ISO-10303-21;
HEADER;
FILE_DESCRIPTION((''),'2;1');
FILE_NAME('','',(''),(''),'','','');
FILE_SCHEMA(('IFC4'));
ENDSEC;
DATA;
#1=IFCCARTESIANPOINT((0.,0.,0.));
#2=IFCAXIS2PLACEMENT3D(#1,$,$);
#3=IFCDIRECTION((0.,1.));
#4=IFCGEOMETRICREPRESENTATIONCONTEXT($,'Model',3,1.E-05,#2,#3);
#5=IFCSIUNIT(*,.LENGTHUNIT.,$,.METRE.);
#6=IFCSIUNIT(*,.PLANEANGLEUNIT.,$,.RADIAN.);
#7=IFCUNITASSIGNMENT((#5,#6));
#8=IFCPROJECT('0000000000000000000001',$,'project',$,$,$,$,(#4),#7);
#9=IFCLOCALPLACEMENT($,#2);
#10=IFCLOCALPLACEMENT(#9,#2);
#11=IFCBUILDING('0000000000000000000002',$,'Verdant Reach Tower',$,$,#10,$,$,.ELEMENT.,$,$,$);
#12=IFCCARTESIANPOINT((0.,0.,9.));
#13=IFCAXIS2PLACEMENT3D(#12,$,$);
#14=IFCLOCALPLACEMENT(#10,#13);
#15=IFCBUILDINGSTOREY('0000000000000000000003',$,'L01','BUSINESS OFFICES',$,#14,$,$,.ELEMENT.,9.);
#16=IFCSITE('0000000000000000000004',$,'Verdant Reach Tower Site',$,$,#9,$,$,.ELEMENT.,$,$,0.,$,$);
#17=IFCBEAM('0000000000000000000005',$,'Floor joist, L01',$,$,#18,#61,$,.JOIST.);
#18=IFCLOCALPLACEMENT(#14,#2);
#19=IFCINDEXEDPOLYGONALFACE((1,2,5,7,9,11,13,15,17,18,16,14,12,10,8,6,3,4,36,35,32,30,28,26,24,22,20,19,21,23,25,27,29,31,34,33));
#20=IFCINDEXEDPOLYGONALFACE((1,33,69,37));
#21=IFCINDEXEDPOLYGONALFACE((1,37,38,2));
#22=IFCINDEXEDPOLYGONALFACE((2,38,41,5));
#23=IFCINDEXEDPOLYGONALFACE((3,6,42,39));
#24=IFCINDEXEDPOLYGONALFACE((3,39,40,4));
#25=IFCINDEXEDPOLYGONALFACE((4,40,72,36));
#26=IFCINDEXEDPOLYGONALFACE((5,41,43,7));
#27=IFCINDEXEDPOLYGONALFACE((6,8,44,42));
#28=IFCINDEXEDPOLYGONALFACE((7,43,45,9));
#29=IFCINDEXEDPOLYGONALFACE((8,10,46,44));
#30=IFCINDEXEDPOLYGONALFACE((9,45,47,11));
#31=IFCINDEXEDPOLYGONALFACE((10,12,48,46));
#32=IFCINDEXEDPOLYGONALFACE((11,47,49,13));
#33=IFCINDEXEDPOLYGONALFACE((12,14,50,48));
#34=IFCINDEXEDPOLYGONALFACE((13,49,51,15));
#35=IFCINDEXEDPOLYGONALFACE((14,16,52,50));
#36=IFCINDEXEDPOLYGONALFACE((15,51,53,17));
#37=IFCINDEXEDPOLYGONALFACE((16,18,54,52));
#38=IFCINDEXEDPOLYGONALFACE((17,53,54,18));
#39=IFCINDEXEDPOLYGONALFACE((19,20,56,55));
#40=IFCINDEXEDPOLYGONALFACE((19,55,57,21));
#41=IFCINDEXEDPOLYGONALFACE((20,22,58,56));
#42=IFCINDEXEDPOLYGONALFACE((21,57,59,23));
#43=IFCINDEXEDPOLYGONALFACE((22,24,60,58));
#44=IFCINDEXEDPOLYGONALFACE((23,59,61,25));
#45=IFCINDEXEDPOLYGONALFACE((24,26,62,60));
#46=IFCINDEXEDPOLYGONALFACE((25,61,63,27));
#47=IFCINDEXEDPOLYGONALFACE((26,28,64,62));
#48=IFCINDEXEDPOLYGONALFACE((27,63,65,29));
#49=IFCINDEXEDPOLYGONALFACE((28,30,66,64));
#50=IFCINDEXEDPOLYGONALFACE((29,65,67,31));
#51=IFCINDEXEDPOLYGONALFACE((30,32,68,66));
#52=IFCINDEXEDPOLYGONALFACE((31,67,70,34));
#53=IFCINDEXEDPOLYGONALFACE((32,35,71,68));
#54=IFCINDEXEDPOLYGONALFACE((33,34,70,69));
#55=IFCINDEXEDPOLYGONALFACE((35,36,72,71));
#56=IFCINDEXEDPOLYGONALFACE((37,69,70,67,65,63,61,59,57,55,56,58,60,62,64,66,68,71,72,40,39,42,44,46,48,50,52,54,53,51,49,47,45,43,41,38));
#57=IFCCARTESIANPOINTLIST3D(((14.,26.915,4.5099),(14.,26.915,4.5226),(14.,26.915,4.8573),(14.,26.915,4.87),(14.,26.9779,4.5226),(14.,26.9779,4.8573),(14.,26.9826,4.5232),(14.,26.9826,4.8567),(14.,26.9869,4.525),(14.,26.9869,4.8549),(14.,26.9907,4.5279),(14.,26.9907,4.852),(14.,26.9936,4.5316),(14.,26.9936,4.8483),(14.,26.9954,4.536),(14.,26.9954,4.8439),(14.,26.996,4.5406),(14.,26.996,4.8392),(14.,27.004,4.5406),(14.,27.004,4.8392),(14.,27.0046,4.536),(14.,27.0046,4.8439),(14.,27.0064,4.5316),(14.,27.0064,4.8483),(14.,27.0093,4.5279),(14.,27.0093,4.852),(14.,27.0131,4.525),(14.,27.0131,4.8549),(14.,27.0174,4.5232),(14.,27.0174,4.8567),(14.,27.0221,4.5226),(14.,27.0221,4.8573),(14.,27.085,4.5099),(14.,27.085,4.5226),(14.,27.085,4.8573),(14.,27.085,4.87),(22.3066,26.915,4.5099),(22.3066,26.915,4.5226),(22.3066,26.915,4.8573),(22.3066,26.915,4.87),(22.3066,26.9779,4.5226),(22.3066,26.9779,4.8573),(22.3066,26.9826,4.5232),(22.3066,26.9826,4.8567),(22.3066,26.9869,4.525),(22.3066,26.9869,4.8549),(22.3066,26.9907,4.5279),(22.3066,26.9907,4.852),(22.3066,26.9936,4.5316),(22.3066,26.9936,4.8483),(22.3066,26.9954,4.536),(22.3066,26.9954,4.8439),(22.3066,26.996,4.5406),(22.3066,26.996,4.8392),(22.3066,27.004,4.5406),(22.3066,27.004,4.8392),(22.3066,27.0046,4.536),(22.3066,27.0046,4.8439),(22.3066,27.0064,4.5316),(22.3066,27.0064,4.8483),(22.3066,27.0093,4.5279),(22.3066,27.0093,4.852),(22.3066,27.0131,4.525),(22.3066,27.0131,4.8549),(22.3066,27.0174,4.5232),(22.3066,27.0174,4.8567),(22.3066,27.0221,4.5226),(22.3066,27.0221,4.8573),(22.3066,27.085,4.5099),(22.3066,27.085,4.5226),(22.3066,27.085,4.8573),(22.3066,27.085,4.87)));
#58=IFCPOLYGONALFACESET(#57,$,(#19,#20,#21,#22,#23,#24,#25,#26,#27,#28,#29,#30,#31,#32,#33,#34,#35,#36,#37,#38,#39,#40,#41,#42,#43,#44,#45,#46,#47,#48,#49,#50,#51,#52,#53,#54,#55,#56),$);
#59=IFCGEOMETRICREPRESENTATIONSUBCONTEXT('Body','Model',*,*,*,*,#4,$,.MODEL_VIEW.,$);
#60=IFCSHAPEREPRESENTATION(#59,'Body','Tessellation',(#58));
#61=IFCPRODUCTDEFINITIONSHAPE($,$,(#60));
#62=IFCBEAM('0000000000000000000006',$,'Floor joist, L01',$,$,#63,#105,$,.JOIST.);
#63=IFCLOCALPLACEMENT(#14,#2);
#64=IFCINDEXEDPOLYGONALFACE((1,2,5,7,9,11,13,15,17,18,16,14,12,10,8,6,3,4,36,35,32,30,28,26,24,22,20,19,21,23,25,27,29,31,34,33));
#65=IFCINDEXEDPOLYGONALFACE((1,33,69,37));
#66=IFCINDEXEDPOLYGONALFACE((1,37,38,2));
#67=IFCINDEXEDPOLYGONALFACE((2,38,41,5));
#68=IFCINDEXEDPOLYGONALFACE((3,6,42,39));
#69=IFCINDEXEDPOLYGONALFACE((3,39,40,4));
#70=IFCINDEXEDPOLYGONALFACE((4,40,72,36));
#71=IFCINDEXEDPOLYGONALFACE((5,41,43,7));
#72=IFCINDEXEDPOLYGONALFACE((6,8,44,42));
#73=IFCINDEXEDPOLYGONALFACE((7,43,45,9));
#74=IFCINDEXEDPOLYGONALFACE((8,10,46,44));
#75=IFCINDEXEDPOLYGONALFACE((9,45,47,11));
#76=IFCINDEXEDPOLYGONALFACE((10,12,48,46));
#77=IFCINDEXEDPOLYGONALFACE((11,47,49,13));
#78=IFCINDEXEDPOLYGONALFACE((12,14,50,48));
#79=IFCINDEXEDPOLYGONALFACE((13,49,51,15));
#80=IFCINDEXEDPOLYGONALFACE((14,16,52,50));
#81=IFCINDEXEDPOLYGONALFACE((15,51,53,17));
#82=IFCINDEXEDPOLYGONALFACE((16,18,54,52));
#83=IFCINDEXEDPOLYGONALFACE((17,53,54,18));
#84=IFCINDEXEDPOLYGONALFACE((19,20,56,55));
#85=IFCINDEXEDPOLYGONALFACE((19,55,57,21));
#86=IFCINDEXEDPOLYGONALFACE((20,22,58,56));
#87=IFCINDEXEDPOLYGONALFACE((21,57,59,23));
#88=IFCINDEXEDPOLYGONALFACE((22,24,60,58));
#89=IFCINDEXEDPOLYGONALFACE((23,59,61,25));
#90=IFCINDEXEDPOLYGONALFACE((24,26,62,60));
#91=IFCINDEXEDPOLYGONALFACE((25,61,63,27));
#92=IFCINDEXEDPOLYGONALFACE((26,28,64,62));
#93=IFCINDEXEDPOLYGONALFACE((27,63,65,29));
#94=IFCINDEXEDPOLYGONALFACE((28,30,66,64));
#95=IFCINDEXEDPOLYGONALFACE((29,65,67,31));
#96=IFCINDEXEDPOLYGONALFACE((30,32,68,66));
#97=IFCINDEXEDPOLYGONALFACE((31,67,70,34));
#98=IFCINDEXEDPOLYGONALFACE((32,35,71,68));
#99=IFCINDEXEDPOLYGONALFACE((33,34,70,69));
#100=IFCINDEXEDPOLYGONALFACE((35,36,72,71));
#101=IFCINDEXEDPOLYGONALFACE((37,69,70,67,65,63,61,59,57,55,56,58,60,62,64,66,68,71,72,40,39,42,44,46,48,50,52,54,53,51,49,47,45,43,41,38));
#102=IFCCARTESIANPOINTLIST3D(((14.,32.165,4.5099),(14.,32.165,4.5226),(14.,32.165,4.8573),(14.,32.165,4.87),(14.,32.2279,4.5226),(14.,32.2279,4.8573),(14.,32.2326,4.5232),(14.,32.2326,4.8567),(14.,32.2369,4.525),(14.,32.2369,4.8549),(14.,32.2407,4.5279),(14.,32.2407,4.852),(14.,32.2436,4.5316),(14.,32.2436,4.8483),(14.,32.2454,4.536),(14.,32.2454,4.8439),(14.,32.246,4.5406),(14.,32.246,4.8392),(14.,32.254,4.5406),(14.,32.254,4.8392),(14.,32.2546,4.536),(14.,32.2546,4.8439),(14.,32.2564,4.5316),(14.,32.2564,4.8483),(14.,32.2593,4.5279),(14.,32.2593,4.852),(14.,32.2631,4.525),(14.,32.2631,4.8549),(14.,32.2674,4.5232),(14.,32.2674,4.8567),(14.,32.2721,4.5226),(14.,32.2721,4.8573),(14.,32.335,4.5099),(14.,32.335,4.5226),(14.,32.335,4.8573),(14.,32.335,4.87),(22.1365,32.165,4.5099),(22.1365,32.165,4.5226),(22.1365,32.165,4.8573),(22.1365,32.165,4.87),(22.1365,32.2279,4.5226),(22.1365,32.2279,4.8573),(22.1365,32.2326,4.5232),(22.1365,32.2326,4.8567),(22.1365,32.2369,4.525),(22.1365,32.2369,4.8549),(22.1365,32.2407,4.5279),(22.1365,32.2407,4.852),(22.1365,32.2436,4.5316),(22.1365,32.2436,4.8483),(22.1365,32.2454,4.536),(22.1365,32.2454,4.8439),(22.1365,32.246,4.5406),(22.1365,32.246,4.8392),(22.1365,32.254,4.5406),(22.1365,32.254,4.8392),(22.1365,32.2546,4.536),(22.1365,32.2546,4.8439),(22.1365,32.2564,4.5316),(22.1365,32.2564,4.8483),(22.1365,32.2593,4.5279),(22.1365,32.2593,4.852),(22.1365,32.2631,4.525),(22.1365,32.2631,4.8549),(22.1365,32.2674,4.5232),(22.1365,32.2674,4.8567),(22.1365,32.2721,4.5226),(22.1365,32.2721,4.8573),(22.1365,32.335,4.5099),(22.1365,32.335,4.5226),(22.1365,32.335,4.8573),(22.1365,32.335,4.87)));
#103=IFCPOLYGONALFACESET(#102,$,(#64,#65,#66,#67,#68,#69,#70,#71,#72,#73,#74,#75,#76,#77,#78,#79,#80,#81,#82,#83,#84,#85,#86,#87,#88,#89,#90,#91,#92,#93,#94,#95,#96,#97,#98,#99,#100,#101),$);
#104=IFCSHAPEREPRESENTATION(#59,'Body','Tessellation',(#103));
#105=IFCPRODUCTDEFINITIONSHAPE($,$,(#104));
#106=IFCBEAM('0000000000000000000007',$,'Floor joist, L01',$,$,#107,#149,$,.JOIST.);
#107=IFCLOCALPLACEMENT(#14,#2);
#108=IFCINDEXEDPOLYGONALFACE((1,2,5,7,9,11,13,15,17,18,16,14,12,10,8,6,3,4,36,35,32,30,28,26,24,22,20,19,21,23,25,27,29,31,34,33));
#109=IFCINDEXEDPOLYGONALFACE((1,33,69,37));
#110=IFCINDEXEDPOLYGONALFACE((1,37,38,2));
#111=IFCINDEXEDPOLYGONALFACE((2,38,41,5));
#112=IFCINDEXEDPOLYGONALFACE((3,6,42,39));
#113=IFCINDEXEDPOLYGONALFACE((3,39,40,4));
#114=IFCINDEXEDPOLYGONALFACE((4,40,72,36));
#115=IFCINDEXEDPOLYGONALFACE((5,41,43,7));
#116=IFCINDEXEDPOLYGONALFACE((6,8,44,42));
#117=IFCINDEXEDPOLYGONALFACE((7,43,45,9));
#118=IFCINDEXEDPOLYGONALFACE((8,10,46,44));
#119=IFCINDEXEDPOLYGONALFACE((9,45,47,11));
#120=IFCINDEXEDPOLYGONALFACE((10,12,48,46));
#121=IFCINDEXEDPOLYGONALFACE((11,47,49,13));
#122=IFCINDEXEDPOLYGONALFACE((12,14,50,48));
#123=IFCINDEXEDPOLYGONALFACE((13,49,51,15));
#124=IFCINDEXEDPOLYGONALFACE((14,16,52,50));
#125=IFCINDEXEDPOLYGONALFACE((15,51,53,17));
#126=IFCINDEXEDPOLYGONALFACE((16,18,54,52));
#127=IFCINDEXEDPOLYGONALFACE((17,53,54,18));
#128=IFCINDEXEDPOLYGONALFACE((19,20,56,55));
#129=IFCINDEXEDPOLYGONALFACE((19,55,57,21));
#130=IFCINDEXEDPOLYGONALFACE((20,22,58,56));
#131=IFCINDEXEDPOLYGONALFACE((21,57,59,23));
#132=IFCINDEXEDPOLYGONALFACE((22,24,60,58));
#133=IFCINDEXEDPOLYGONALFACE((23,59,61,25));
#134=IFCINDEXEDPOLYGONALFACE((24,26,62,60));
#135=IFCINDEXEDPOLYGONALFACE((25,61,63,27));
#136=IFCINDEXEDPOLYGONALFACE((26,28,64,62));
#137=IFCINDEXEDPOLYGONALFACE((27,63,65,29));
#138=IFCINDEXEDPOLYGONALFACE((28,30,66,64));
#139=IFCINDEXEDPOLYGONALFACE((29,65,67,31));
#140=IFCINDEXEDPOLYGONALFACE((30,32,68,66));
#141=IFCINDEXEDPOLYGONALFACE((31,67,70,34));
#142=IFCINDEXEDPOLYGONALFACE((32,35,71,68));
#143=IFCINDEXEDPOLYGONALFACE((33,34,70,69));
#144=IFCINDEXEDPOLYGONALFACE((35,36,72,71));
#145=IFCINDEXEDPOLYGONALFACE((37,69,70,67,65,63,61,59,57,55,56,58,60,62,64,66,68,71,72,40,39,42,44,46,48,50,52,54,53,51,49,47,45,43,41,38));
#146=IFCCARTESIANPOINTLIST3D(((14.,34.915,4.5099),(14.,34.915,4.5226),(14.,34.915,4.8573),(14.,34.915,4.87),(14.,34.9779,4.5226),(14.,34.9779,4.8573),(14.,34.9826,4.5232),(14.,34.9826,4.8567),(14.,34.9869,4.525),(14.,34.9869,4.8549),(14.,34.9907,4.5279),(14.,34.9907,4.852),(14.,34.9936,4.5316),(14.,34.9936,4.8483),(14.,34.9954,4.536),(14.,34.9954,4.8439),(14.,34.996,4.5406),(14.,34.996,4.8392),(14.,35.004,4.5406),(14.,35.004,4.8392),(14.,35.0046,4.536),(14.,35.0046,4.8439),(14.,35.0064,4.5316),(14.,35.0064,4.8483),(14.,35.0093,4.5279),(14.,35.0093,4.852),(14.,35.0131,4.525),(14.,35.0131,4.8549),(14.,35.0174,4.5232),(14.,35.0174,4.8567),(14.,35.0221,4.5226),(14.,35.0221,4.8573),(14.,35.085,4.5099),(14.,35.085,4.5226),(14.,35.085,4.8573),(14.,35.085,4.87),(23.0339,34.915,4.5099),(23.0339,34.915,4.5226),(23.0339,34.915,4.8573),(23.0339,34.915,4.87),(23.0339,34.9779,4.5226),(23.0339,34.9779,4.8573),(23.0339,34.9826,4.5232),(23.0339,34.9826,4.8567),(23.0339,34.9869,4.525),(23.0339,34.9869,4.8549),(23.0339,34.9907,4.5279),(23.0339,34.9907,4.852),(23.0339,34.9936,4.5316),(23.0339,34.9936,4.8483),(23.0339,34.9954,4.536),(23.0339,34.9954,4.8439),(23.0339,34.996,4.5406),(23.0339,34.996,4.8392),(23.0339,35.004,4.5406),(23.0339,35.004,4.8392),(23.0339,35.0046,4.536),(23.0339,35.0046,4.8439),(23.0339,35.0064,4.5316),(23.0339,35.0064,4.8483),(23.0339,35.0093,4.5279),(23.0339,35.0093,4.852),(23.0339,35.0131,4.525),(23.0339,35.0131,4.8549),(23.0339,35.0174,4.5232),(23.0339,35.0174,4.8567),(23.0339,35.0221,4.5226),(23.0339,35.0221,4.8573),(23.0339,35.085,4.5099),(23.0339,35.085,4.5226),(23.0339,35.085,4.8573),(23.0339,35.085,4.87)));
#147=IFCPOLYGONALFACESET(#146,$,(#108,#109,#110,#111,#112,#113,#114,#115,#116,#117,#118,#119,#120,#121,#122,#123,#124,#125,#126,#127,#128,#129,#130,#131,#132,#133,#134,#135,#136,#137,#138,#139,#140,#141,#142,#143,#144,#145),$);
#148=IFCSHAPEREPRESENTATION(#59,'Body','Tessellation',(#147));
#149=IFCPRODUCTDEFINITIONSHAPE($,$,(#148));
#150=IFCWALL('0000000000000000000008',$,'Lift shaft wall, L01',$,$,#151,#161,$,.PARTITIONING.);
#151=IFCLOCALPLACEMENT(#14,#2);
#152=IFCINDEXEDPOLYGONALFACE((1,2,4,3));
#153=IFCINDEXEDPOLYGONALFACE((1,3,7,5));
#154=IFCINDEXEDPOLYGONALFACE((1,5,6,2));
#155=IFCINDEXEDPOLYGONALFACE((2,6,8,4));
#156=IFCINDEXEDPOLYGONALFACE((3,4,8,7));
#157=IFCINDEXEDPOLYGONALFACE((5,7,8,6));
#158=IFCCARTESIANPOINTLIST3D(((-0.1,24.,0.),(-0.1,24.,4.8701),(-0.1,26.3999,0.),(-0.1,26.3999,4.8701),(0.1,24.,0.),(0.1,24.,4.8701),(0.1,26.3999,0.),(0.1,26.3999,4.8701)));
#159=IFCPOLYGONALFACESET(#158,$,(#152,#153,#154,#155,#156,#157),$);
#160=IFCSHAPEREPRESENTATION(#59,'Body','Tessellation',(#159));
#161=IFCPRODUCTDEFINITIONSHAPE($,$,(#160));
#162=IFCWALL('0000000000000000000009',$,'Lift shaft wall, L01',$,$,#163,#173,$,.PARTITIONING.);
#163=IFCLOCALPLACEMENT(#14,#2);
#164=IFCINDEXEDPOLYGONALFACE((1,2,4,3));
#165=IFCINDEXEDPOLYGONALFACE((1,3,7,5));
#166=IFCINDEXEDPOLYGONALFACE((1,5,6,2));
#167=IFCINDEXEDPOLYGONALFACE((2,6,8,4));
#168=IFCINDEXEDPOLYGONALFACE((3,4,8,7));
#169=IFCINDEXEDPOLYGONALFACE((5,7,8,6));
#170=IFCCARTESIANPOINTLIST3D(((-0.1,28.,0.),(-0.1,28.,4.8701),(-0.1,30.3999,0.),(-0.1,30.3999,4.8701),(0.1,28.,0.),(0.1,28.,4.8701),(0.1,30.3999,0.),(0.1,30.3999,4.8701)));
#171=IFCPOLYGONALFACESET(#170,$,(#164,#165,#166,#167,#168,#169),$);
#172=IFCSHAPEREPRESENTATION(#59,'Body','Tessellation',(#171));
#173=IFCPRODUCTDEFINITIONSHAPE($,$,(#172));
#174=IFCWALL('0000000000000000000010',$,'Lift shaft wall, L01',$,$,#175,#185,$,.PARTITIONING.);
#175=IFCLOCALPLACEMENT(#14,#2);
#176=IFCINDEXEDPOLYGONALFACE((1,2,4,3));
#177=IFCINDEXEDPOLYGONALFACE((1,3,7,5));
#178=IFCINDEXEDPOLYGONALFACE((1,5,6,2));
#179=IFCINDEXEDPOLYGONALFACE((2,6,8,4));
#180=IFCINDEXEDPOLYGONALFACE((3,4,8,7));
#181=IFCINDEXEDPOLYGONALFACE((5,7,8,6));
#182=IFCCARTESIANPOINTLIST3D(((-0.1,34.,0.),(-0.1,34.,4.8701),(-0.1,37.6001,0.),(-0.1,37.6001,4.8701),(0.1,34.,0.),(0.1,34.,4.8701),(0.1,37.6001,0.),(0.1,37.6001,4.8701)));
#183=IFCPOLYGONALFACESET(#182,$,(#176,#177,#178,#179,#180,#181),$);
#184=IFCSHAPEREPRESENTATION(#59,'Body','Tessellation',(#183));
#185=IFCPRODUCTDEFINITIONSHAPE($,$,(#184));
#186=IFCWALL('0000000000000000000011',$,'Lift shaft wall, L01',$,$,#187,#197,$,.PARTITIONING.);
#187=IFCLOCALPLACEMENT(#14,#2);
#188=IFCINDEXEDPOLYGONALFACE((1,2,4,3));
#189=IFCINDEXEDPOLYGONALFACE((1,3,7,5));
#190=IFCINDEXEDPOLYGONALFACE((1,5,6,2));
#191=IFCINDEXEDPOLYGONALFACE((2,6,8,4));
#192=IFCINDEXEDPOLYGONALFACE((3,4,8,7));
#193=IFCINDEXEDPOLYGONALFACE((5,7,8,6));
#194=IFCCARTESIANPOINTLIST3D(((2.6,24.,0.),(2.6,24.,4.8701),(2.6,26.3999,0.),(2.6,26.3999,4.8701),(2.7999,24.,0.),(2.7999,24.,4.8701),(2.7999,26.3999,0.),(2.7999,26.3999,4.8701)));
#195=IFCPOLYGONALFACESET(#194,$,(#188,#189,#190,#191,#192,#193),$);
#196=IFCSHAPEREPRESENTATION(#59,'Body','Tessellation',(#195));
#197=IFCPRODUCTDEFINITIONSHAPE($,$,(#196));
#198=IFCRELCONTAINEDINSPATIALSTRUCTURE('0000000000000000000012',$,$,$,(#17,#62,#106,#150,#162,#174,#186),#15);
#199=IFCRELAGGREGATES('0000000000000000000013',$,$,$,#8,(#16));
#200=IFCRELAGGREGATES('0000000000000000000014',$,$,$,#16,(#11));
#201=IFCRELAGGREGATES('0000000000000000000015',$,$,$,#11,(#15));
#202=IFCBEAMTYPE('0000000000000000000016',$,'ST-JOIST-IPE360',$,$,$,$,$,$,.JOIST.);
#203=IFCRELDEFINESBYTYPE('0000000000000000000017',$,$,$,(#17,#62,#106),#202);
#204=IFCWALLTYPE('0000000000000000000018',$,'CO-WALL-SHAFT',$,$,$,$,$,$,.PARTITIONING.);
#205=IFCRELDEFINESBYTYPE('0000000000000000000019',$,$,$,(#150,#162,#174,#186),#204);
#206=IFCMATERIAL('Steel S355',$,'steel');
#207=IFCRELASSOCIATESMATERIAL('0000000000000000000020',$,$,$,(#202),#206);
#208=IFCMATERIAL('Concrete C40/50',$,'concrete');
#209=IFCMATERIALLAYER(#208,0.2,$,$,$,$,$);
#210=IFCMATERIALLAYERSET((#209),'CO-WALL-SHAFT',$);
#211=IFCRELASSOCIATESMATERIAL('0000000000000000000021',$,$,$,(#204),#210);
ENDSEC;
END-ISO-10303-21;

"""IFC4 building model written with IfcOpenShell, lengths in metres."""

from ifc_helpers import new_model, si_unit, direction, frame, frame_2d, origin, origin_2d, place, context, subcontext, project, spatial, rectangle, i_section, extrude, material, layer, layer_set, material_profile, profile_set, type_object, element, save


model = new_model("IFC4")

# Units and contexts
model_context = context("Model", 3, precision=1e-05, world=origin(), true_north=direction((0.0, 1.0)))
body_context = subcontext(model_context, "Body", "Model", "MODEL_VIEW")
ifc_project = project(units=[si_unit("LENGTHUNIT", "METRE"), si_unit("PLANEANGLEUNIT", "RADIAN")], contexts=[model_context])

# Site, building, storey
site_placement = place(None, origin())
site = spatial("IfcSite", under=ifc_project, at=site_placement, Name="Verdant Reach Tower Site", CompositionType="ELEMENT", RefElevation=0.0)
building_placement = place(site_placement, origin())
building = spatial("IfcBuilding", under=site, at=building_placement, Name="Verdant Reach Tower", CompositionType="ELEMENT")
storey_placement = place(building_placement, frame((0.0, 0.0, 9.0)))
storey = spatial("IfcBuildingStorey", under=building, at=storey_placement, Name="L01", Description="BUSINESS OFFICES", CompositionType="ELEMENT", Elevation=9.0)

# Beams
ifc_material_1 = material(Name="Steel S355", Category="steel")
ifc_material_profile = material_profile(ifc_material_1, i_section(OverallWidth=0.1699, OverallDepth=0.3601, WebThickness=0.0081, FlangeThickness=0.0127, FilletRadius=0.0181, at=origin_2d()), Name="IPE 360")
ifc_profile_set = profile_set([ifc_material_profile], Name="Steel S355")
beam_type = type_object("IfcBeamType", Name="ST-JOIST-IPE360", PredefinedType="JOIST", material=ifc_profile_set)
beam_1_placement = place(storey_placement, frame((14.0, 27.0, 4.6899), z_axis=(1.0, 0.0, 0.0), x_axis=(0.0, 1.0, 0.0)))
element("IfcBeam", 1, at=beam_1_placement, inside=storey, type_object=beam_type, Name="Floor joist, L01", PredefinedType="JOIST", context=body_context, shape_type="SweptSolid", body=[
    extrude(i_section(OverallWidth=0.1699, OverallDepth=0.3601, WebThickness=0.0081, FlangeThickness=0.0127, FilletRadius=0.0181, at=origin_2d()), origin(), (0.0, 0.0, 1.0), 8.3066),
])
beam_2_placement = place(storey_placement, frame((14.0, 32.25, 4.6899), z_axis=(1.0, 0.0, 0.0), x_axis=(0.0, 1.0, 0.0)))
element("IfcBeam", 2, at=beam_2_placement, inside=storey, type_object=beam_type, Name="Floor joist, L01", PredefinedType="JOIST", context=body_context, shape_type="SweptSolid", body=[
    extrude(i_section(OverallWidth=0.1699, OverallDepth=0.3601, WebThickness=0.0081, FlangeThickness=0.0127, FilletRadius=0.0181, at=origin_2d()), origin(), (0.0, 0.0, 1.0), 8.1365),
])
beam_3_placement = place(storey_placement, frame((14.0, 35.0, 4.6899), z_axis=(1.0, 0.0, 0.0), x_axis=(0.0, 1.0, 0.0)))
element("IfcBeam", 3, at=beam_3_placement, inside=storey, type_object=beam_type, Name="Floor joist, L01", PredefinedType="JOIST", context=body_context, shape_type="SweptSolid", body=[
    extrude(i_section(OverallWidth=0.1699, OverallDepth=0.3601, WebThickness=0.0081, FlangeThickness=0.0127, FilletRadius=0.0181, at=origin_2d()), origin(), (0.0, 0.0, 1.0), 9.0339),
])

# Walls
ifc_material_2 = material(Name="Concrete C40/50", Category="concrete")
ifc_layer_1 = layer(ifc_material_2, 0.2)
ifc_layer_set_1 = layer_set([ifc_layer_1], Name="CO-WALL-SHAFT")
wall_type_1 = type_object("IfcWallType", Name="CO-WALL-SHAFT", PredefinedType="PARTITIONING", material=ifc_layer_set_1)
for number, where, z_axis, x_axis, name in (
    (4, (0.0, 24.0, 0.0), (0.0, 0.0, 1.0), (0.0, 1.0, 0.0), "Lift shaft wall, L01"),
    (5, (0.0, 28.0, 0.0), (0.0, 0.0, 1.0), (0.0, 1.0, 0.0), "Lift shaft wall, L01"),
):
    element("IfcWall", number, at=place(storey_placement, frame(where, z_axis=z_axis, x_axis=x_axis)), inside=storey, type_object=wall_type_1, Name=name, PredefinedType="PARTITIONING", context=body_context, shape_type="SweptSolid", body=[
        extrude(rectangle(XDim=2.3999, YDim=0.2, at=frame_2d((1.2, 0.0))), origin(), (0.0, 0.0, 1.0), 4.8701),
    ])
wall_1_placement = place(storey_placement, frame((0.0, 34.0, 0.0), z_axis=(0.0, 0.0, 1.0), x_axis=(0.0, 1.0, 0.0)))
element("IfcWall", 6, at=wall_1_placement, inside=storey, type_object=wall_type_1, Name="Lift shaft wall, L01", PredefinedType="PARTITIONING", context=body_context, shape_type="SweptSolid", body=[
    extrude(rectangle(XDim=3.6001, YDim=0.2, at=frame_2d((1.8, 0.0))), origin(), (0.0, 0.0, 1.0), 4.8701),
])
for number, where, z_axis, x_axis, name in (
    (7, (2.7, 24.0, 0.0), (0.0, 0.0, 1.0), (0.0, 1.0, 0.0), "Lift shaft wall, L01"),
):
    element("IfcWall", number, at=place(storey_placement, frame(where, z_axis=z_axis, x_axis=x_axis)), inside=storey, type_object=wall_type_1, Name=name, PredefinedType="PARTITIONING", context=body_context, shape_type="SweptSolid", body=[
        extrude(rectangle(XDim=2.3999, YDim=0.2, at=frame_2d((1.2, 0.0))), origin(), (0.0, 0.0, 1.0), 4.8701),
    ])

save(model, "model.ifc")
